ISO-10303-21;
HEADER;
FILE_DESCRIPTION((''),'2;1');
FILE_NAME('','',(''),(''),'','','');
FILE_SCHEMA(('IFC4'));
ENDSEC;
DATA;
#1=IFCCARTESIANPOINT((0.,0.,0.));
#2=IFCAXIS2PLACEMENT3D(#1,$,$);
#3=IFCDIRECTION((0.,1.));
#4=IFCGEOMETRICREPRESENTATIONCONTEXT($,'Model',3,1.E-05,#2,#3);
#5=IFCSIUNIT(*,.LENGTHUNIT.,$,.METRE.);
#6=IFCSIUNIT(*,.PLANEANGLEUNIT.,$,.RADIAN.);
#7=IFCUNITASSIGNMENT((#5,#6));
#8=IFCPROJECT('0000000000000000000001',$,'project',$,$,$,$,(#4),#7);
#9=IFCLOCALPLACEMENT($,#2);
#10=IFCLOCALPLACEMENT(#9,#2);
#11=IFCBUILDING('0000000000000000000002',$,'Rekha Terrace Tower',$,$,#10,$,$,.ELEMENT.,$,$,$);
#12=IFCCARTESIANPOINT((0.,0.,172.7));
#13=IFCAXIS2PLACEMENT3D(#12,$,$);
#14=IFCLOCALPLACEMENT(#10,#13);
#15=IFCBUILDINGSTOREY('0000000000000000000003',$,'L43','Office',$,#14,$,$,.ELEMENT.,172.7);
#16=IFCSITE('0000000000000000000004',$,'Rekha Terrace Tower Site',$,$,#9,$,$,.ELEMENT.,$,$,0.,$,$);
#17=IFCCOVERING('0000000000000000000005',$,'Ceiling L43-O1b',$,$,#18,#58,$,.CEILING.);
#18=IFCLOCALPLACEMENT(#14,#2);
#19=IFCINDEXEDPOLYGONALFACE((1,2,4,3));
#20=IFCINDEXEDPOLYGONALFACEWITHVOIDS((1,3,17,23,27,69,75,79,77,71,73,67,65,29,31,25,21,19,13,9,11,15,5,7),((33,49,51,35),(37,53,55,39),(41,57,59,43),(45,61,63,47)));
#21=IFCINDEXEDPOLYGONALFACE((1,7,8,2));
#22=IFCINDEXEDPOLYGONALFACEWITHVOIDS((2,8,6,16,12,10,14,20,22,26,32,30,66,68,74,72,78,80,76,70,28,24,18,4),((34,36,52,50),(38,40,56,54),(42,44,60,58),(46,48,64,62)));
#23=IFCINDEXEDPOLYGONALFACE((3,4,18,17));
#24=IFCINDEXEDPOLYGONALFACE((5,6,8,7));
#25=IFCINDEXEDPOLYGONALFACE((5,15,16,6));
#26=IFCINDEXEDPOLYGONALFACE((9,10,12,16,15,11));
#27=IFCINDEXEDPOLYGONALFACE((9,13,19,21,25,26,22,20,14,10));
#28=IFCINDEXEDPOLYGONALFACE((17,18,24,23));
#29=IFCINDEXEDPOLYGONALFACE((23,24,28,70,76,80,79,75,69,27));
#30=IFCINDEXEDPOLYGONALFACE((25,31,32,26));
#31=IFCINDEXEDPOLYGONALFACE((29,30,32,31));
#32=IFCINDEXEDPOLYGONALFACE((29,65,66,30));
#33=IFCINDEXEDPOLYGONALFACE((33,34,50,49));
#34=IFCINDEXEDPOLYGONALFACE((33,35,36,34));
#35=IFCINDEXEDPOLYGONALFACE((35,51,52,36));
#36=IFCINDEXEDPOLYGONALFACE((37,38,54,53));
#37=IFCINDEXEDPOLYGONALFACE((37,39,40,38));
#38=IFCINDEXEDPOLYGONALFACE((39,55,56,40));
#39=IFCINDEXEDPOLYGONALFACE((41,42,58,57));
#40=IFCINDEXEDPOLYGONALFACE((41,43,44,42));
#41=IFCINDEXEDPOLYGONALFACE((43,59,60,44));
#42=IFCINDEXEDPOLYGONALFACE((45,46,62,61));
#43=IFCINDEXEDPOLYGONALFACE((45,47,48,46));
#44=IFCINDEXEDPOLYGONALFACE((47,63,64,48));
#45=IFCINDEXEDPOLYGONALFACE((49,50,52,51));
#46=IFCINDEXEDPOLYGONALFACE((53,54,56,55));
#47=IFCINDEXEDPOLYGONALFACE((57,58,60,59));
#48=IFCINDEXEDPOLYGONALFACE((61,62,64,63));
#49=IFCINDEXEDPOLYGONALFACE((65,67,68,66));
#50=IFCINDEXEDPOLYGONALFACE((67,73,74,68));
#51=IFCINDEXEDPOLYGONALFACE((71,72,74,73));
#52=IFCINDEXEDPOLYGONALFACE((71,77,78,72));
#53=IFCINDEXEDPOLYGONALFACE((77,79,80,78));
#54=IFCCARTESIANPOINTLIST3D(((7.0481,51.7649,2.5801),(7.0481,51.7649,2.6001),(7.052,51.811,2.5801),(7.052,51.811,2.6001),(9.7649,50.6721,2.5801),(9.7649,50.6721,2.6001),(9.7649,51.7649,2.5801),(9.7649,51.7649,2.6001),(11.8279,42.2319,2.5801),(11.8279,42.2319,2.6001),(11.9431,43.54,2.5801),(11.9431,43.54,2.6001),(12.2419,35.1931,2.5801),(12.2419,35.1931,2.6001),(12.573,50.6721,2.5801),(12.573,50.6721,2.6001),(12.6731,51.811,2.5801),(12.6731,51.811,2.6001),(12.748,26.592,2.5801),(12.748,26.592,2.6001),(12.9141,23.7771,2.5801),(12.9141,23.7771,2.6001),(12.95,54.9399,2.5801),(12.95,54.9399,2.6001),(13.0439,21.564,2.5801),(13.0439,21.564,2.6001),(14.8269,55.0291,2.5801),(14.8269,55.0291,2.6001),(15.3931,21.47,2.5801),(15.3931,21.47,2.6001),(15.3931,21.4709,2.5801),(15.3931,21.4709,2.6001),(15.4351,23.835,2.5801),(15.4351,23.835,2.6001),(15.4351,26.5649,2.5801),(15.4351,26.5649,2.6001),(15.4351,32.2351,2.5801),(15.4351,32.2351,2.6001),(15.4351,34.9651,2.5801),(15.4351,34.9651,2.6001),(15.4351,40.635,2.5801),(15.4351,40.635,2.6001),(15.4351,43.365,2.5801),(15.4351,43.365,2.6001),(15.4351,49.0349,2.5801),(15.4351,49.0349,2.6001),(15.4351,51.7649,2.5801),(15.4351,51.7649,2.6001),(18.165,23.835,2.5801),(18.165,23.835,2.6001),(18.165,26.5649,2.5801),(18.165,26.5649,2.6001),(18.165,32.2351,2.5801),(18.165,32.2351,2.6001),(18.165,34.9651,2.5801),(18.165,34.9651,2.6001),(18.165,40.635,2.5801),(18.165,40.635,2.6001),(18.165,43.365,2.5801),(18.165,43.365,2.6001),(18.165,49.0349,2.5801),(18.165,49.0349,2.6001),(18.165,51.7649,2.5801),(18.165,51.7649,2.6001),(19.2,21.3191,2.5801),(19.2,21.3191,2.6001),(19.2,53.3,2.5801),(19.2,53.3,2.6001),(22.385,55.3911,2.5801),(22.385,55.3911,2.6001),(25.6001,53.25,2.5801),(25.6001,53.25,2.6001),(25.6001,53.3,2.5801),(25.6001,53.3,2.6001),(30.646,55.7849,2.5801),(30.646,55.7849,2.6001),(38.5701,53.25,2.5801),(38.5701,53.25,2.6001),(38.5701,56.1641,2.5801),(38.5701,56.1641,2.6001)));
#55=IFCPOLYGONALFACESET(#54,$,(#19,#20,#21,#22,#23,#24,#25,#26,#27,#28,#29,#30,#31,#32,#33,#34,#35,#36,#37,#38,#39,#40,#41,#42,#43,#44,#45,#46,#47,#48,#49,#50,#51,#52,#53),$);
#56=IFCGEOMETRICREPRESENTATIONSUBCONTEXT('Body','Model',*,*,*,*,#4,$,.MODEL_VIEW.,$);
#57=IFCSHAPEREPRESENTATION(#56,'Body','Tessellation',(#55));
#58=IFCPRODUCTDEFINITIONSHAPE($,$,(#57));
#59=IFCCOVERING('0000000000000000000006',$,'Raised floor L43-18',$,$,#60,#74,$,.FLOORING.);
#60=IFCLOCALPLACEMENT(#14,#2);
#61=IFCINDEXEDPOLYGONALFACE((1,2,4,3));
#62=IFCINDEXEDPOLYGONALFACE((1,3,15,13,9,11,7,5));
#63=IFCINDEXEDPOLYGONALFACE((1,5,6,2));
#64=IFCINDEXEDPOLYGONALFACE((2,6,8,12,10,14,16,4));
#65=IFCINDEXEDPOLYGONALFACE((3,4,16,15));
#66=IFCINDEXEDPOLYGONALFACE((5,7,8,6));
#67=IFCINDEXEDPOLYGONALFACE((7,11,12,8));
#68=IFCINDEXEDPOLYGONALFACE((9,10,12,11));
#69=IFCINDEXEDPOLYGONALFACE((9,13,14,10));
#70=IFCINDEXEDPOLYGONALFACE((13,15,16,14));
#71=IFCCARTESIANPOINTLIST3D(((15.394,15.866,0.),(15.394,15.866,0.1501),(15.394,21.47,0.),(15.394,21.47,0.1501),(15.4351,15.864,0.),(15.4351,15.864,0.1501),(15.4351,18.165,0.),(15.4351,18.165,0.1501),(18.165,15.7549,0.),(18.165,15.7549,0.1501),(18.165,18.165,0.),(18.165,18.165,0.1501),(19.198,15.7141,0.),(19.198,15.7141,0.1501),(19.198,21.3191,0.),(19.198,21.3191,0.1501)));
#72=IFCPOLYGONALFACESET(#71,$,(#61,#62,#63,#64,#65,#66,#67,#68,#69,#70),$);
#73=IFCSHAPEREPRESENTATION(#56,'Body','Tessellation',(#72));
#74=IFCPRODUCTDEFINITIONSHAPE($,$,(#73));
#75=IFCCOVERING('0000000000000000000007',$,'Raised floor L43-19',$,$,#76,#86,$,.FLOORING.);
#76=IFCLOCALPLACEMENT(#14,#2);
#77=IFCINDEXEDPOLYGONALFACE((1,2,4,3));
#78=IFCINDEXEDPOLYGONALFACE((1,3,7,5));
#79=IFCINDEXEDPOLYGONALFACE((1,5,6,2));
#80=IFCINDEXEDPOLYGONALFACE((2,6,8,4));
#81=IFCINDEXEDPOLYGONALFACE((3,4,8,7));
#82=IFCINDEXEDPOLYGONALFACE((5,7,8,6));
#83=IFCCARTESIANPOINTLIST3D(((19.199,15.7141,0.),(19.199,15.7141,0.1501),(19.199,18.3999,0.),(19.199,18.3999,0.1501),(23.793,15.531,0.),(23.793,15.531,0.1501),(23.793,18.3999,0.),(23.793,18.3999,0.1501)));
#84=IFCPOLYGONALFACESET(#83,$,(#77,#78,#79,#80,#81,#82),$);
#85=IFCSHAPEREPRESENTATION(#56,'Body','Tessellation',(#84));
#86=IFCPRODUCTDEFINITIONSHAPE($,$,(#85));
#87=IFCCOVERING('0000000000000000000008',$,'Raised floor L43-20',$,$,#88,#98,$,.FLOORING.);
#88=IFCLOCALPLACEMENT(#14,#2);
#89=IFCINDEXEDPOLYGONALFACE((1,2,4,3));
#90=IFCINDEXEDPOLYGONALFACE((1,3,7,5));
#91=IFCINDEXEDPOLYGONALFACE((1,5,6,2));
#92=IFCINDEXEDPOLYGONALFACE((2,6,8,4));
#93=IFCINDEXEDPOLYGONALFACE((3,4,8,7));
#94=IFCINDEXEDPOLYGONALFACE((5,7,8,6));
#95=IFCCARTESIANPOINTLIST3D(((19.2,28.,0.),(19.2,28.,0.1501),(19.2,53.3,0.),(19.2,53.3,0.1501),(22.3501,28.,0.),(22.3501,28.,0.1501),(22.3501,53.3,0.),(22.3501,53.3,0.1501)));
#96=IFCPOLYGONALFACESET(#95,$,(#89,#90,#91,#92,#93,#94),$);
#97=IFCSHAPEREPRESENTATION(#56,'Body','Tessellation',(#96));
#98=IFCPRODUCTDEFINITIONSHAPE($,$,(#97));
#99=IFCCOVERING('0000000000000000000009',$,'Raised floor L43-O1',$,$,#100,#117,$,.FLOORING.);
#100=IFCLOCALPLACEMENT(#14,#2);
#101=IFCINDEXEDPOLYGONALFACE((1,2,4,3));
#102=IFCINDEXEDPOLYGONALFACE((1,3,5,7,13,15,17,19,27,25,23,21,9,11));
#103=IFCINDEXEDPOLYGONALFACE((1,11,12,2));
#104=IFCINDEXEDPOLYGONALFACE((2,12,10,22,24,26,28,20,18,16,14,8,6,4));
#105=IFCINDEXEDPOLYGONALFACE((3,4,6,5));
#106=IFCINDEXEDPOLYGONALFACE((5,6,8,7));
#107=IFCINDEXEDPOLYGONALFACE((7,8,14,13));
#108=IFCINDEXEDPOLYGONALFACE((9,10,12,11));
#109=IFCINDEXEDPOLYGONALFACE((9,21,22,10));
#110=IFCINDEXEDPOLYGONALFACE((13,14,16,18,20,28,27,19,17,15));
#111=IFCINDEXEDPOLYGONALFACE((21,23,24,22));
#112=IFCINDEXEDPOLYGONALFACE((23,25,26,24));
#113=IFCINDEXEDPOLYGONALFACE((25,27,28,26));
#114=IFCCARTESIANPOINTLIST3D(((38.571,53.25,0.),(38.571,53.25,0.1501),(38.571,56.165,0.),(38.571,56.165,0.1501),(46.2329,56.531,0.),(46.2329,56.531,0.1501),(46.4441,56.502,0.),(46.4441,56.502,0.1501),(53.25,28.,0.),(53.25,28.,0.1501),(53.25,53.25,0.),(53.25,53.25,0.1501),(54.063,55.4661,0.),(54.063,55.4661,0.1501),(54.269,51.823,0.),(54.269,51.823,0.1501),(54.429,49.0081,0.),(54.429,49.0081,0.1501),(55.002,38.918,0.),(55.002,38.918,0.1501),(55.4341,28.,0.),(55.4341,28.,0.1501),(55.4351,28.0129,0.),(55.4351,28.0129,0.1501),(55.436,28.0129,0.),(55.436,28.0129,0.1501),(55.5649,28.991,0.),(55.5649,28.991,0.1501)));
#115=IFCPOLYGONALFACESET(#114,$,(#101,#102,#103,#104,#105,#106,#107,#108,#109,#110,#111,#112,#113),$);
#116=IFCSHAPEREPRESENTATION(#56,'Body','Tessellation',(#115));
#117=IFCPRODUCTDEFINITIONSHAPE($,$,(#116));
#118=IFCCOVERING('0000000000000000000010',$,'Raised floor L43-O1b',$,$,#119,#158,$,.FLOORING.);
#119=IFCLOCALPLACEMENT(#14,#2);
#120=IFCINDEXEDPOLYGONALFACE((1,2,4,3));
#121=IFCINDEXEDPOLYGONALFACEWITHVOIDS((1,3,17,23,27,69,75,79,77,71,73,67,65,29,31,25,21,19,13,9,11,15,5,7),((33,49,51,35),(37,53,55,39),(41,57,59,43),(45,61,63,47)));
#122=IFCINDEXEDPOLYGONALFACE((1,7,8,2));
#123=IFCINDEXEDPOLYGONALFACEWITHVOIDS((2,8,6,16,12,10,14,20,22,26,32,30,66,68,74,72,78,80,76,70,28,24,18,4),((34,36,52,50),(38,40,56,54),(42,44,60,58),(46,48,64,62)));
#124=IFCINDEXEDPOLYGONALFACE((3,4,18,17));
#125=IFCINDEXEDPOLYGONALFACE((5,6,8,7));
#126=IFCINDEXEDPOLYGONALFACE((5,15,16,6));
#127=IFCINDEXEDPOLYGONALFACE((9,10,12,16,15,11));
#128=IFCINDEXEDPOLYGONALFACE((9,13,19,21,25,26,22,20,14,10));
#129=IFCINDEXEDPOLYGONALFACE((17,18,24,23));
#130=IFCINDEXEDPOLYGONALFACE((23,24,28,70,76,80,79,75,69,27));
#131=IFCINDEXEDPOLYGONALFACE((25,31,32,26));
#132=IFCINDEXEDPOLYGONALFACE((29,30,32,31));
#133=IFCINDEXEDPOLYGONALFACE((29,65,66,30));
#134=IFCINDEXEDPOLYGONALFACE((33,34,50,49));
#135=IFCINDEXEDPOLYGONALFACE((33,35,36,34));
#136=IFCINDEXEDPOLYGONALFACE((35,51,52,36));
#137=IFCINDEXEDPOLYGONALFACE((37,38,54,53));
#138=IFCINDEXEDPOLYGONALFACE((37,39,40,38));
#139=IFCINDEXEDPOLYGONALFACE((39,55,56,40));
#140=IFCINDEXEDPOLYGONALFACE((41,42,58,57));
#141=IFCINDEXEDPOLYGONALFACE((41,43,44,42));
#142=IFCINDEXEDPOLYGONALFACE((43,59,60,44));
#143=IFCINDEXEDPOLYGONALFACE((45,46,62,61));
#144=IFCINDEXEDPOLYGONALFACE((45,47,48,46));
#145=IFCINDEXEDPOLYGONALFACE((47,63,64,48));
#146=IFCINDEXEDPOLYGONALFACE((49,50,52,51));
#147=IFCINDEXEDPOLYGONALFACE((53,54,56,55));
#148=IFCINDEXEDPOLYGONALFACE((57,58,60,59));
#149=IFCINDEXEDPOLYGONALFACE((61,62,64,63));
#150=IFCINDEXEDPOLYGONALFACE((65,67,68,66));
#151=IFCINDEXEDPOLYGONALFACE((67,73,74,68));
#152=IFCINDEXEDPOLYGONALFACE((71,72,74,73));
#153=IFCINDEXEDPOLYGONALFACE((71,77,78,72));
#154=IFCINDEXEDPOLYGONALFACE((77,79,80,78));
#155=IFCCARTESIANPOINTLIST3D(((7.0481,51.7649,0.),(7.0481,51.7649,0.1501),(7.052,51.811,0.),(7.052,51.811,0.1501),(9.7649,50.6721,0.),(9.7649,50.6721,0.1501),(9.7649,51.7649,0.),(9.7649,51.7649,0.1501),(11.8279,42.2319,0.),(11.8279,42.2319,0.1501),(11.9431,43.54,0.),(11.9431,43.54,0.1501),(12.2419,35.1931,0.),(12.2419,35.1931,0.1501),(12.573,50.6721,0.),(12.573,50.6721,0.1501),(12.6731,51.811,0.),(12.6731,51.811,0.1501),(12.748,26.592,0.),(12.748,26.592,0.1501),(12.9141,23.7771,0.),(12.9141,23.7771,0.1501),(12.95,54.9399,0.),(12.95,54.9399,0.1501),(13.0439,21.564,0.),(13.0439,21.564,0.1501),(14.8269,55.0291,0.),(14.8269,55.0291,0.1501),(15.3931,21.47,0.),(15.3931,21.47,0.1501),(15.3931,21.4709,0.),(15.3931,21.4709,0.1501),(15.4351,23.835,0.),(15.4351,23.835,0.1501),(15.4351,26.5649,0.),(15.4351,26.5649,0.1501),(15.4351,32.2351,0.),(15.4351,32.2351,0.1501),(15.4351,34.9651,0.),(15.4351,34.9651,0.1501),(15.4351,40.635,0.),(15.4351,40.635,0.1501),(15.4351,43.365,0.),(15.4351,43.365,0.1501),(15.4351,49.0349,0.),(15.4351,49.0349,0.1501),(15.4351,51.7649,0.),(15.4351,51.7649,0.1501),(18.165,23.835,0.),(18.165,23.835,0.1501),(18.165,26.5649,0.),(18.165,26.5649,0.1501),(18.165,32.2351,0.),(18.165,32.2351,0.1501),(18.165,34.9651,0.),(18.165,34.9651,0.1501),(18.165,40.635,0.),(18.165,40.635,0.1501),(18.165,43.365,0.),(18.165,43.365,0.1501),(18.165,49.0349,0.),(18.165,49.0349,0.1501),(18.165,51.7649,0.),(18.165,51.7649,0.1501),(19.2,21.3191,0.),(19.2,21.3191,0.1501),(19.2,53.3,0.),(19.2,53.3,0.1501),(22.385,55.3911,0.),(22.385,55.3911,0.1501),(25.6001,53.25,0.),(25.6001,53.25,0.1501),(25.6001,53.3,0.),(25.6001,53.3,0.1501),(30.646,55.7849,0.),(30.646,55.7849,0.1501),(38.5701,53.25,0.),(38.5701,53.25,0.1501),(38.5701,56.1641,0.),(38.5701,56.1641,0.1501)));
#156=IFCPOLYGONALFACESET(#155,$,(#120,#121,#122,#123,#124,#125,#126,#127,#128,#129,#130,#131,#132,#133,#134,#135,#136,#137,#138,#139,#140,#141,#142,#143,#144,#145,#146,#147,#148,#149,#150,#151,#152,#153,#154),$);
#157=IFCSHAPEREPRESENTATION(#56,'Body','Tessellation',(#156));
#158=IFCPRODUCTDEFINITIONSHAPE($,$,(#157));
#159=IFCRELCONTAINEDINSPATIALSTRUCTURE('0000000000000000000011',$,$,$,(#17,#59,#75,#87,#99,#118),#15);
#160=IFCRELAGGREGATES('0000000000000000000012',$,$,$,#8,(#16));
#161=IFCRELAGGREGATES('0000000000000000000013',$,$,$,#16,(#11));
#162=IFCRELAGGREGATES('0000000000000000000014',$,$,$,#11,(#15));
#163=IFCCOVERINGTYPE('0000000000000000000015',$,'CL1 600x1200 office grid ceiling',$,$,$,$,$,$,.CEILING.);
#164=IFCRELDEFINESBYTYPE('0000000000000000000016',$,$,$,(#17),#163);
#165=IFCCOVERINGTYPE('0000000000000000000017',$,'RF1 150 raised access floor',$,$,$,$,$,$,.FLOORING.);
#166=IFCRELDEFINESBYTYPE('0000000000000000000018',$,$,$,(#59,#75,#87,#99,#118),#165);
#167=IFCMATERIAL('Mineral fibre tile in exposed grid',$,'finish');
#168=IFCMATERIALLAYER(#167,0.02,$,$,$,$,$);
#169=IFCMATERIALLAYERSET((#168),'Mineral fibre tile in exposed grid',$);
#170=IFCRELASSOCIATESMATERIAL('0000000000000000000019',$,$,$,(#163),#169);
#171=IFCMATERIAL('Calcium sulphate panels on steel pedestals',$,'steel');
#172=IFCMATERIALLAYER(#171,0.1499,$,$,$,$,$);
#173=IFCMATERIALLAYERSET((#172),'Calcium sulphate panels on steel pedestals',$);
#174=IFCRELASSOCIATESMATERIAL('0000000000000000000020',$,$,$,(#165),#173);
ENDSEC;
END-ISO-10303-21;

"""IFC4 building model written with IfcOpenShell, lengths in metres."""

from ifc_helpers import new_model, si_unit, direction, frame, origin, place, context, subcontext, project, spatial, polyline, outline, extrude, material, layer, layer_set, type_object, element, save


model = new_model("IFC4")

# Units and contexts
model_context = context("Model", 3, precision=1e-05, world=origin(), true_north=direction((0.0, 1.0)))
body_context = subcontext(model_context, "Body", "Model", "MODEL_VIEW")
ifc_project = project(units=[si_unit("LENGTHUNIT", "METRE"), si_unit("PLANEANGLEUNIT", "RADIAN")], contexts=[model_context])

# Site, building, storey
site_placement = place(None, origin())
site = spatial("IfcSite", under=ifc_project, at=site_placement, Name="Rekha Terrace Tower Site", CompositionType="ELEMENT", RefElevation=0.0)
building_placement = place(site_placement, origin())
building = spatial("IfcBuilding", under=site, at=building_placement, Name="Rekha Terrace Tower", CompositionType="ELEMENT")
storey_placement = place(building_placement, frame((0.0, 0.0, 172.7)))
storey = spatial("IfcBuildingStorey", under=building, at=storey_placement, Name="L43", Description="Office", CompositionType="ELEMENT", Elevation=172.7)

# Coverings
ifc_material_1 = material(Name="Mineral fibre tile in exposed grid", Category="finish")
ifc_layer_1 = layer(ifc_material_1, 0.02)
ifc_layer_set_1 = layer_set([ifc_layer_1], Name="Mineral fibre tile in exposed grid")
covering_type_1 = type_object("IfcCoveringType", Name="CL1 600x1200 office grid ceiling", PredefinedType="CEILING", material=ifc_layer_set_1)
covering_1_placement = place(storey_placement, frame((0.0, 0.0, 2.5801)))
element("IfcCovering", 1, at=covering_1_placement, inside=storey, type_object=covering_type_1, Name="Ceiling L43-O1b", PredefinedType="CEILING", context=body_context, shape_type="SweptSolid", body=[
    extrude(outline(polyline([(12.573, 50.6721), (11.9431, 43.54), (11.8279, 42.2319), (12.2419, 35.1931), (12.748, 26.592), (12.9141, 23.7771), (13.0439, 21.564), (15.3931, 21.4709), (15.3931, 21.47), (19.2, 21.3191), (19.2, 53.3), (25.6001, 53.3), (25.6001, 53.25), (38.5701, 53.25), (38.5701, 56.1641), (30.646, 55.7849), (22.385, 55.3911), (14.8269, 55.0291), (12.95, 54.9399), (12.6731, 51.811), (7.052, 51.811), (7.0481, 51.7649), (9.7649, 51.7649), (9.7649, 50.6721), (12.573, 50.6721)]), holes=[polyline([(18.165, 23.835), (15.4351, 23.835), (15.4351, 26.5649), (18.165, 26.5649), (18.165, 23.835)]), polyline([(18.165, 32.2351), (15.4351, 32.2351), (15.4351, 34.9651), (18.165, 34.9651), (18.165, 32.2351)]), polyline([(18.165, 43.365), (18.165, 40.635), (15.4351, 40.635), (15.4351, 43.365), (18.165, 43.365)]), polyline([(18.165, 51.7649), (18.165, 49.0349), (15.4351, 49.0349), (15.4351, 51.7649), (18.165, 51.7649)])]), origin(), (0.0, 0.0, 1.0), 0.02),
])
ifc_material_2 = material(Name="Calcium sulphate panels on steel pedestals", Category="steel")
ifc_layer_2 = layer(ifc_material_2, 0.1499)
ifc_layer_set_2 = layer_set([ifc_layer_2], Name="Calcium sulphate panels on steel pedestals")
covering_type_2 = type_object("IfcCoveringType", Name="RF1 150 raised access floor", PredefinedType="FLOORING", material=ifc_layer_set_2)
covering_2_placement = place(storey_placement, origin())
element("IfcCovering", 2, at=covering_2_placement, inside=storey, type_object=covering_type_2, Name="Raised floor L43-18", PredefinedType="FLOORING", context=body_context, shape_type="SweptSolid", body=[
    extrude(outline(polyline([(18.165, 18.165), (18.165, 15.7549), (19.198, 15.7141), (19.198, 21.3191), (15.394, 21.47), (15.394, 15.866), (15.4351, 15.864), (15.4351, 18.165), (18.165, 18.165)])), origin(), (0.0, 0.0, 1.0), 0.1501),
])
covering_3_placement = place(storey_placement, origin())
element("IfcCovering", 3, at=covering_3_placement, inside=storey, type_object=covering_type_2, Name="Raised floor L43-19", PredefinedType="FLOORING", context=body_context, shape_type="SweptSolid", body=[
    extrude(outline(polyline([(19.199, 15.7141), (23.793, 15.531), (23.793, 18.3999), (19.199, 18.3999), (19.199, 15.7141)])), origin(), (0.0, 0.0, 1.0), 0.1501),
])
covering_4_placement = place(storey_placement, origin())
element("IfcCovering", 4, at=covering_4_placement, inside=storey, type_object=covering_type_2, Name="Raised floor L43-20", PredefinedType="FLOORING", context=body_context, shape_type="SweptSolid", body=[
    extrude(outline(polyline([(19.2, 53.3), (19.2, 28.0), (22.3501, 28.0), (22.3501, 53.3), (19.2, 53.3)])), origin(), (0.0, 0.0, 1.0), 0.1501),
])
covering_5_placement = place(storey_placement, origin())
element("IfcCovering", 5, at=covering_5_placement, inside=storey, type_object=covering_type_2, Name="Raised floor L43-O1", PredefinedType="FLOORING", context=body_context, shape_type="SweptSolid", body=[
    extrude(outline(polyline([(54.063, 55.4661), (46.4441, 56.502), (46.2329, 56.531), (38.571, 56.165), (38.571, 53.25), (53.25, 53.25), (53.25, 28.0), (55.4341, 28.0), (55.4351, 28.0129), (55.436, 28.0129), (55.5649, 28.991), (55.002, 38.918), (54.429, 49.0081), (54.269, 51.823), (54.063, 55.4661)])), origin(), (0.0, 0.0, 1.0), 0.1501),
])
covering_6_placement = place(storey_placement, origin())
element("IfcCovering", 6, at=covering_6_placement, inside=storey, type_object=covering_type_2, Name="Raised floor L43-O1b", PredefinedType="FLOORING", context=body_context, shape_type="SweptSolid", body=[
    extrude(outline(polyline([(12.573, 50.6721), (11.9431, 43.54), (11.8279, 42.2319), (12.2419, 35.1931), (12.748, 26.592), (12.9141, 23.7771), (13.0439, 21.564), (15.3931, 21.4709), (15.3931, 21.47), (19.2, 21.3191), (19.2, 53.3), (25.6001, 53.3), (25.6001, 53.25), (38.5701, 53.25), (38.5701, 56.1641), (30.646, 55.7849), (22.385, 55.3911), (14.8269, 55.0291), (12.95, 54.9399), (12.6731, 51.811), (7.052, 51.811), (7.0481, 51.7649), (9.7649, 51.7649), (9.7649, 50.6721), (12.573, 50.6721)]), holes=[polyline([(18.165, 23.835), (15.4351, 23.835), (15.4351, 26.5649), (18.165, 26.5649), (18.165, 23.835)]), polyline([(18.165, 32.2351), (15.4351, 32.2351), (15.4351, 34.9651), (18.165, 34.9651), (18.165, 32.2351)]), polyline([(18.165, 43.365), (18.165, 40.635), (15.4351, 40.635), (15.4351, 43.365), (18.165, 43.365)]), polyline([(18.165, 51.7649), (18.165, 49.0349), (15.4351, 49.0349), (15.4351, 51.7649), (18.165, 51.7649)])]), origin(), (0.0, 0.0, 1.0), 0.1501),
])

save(model, "model.ifc")
